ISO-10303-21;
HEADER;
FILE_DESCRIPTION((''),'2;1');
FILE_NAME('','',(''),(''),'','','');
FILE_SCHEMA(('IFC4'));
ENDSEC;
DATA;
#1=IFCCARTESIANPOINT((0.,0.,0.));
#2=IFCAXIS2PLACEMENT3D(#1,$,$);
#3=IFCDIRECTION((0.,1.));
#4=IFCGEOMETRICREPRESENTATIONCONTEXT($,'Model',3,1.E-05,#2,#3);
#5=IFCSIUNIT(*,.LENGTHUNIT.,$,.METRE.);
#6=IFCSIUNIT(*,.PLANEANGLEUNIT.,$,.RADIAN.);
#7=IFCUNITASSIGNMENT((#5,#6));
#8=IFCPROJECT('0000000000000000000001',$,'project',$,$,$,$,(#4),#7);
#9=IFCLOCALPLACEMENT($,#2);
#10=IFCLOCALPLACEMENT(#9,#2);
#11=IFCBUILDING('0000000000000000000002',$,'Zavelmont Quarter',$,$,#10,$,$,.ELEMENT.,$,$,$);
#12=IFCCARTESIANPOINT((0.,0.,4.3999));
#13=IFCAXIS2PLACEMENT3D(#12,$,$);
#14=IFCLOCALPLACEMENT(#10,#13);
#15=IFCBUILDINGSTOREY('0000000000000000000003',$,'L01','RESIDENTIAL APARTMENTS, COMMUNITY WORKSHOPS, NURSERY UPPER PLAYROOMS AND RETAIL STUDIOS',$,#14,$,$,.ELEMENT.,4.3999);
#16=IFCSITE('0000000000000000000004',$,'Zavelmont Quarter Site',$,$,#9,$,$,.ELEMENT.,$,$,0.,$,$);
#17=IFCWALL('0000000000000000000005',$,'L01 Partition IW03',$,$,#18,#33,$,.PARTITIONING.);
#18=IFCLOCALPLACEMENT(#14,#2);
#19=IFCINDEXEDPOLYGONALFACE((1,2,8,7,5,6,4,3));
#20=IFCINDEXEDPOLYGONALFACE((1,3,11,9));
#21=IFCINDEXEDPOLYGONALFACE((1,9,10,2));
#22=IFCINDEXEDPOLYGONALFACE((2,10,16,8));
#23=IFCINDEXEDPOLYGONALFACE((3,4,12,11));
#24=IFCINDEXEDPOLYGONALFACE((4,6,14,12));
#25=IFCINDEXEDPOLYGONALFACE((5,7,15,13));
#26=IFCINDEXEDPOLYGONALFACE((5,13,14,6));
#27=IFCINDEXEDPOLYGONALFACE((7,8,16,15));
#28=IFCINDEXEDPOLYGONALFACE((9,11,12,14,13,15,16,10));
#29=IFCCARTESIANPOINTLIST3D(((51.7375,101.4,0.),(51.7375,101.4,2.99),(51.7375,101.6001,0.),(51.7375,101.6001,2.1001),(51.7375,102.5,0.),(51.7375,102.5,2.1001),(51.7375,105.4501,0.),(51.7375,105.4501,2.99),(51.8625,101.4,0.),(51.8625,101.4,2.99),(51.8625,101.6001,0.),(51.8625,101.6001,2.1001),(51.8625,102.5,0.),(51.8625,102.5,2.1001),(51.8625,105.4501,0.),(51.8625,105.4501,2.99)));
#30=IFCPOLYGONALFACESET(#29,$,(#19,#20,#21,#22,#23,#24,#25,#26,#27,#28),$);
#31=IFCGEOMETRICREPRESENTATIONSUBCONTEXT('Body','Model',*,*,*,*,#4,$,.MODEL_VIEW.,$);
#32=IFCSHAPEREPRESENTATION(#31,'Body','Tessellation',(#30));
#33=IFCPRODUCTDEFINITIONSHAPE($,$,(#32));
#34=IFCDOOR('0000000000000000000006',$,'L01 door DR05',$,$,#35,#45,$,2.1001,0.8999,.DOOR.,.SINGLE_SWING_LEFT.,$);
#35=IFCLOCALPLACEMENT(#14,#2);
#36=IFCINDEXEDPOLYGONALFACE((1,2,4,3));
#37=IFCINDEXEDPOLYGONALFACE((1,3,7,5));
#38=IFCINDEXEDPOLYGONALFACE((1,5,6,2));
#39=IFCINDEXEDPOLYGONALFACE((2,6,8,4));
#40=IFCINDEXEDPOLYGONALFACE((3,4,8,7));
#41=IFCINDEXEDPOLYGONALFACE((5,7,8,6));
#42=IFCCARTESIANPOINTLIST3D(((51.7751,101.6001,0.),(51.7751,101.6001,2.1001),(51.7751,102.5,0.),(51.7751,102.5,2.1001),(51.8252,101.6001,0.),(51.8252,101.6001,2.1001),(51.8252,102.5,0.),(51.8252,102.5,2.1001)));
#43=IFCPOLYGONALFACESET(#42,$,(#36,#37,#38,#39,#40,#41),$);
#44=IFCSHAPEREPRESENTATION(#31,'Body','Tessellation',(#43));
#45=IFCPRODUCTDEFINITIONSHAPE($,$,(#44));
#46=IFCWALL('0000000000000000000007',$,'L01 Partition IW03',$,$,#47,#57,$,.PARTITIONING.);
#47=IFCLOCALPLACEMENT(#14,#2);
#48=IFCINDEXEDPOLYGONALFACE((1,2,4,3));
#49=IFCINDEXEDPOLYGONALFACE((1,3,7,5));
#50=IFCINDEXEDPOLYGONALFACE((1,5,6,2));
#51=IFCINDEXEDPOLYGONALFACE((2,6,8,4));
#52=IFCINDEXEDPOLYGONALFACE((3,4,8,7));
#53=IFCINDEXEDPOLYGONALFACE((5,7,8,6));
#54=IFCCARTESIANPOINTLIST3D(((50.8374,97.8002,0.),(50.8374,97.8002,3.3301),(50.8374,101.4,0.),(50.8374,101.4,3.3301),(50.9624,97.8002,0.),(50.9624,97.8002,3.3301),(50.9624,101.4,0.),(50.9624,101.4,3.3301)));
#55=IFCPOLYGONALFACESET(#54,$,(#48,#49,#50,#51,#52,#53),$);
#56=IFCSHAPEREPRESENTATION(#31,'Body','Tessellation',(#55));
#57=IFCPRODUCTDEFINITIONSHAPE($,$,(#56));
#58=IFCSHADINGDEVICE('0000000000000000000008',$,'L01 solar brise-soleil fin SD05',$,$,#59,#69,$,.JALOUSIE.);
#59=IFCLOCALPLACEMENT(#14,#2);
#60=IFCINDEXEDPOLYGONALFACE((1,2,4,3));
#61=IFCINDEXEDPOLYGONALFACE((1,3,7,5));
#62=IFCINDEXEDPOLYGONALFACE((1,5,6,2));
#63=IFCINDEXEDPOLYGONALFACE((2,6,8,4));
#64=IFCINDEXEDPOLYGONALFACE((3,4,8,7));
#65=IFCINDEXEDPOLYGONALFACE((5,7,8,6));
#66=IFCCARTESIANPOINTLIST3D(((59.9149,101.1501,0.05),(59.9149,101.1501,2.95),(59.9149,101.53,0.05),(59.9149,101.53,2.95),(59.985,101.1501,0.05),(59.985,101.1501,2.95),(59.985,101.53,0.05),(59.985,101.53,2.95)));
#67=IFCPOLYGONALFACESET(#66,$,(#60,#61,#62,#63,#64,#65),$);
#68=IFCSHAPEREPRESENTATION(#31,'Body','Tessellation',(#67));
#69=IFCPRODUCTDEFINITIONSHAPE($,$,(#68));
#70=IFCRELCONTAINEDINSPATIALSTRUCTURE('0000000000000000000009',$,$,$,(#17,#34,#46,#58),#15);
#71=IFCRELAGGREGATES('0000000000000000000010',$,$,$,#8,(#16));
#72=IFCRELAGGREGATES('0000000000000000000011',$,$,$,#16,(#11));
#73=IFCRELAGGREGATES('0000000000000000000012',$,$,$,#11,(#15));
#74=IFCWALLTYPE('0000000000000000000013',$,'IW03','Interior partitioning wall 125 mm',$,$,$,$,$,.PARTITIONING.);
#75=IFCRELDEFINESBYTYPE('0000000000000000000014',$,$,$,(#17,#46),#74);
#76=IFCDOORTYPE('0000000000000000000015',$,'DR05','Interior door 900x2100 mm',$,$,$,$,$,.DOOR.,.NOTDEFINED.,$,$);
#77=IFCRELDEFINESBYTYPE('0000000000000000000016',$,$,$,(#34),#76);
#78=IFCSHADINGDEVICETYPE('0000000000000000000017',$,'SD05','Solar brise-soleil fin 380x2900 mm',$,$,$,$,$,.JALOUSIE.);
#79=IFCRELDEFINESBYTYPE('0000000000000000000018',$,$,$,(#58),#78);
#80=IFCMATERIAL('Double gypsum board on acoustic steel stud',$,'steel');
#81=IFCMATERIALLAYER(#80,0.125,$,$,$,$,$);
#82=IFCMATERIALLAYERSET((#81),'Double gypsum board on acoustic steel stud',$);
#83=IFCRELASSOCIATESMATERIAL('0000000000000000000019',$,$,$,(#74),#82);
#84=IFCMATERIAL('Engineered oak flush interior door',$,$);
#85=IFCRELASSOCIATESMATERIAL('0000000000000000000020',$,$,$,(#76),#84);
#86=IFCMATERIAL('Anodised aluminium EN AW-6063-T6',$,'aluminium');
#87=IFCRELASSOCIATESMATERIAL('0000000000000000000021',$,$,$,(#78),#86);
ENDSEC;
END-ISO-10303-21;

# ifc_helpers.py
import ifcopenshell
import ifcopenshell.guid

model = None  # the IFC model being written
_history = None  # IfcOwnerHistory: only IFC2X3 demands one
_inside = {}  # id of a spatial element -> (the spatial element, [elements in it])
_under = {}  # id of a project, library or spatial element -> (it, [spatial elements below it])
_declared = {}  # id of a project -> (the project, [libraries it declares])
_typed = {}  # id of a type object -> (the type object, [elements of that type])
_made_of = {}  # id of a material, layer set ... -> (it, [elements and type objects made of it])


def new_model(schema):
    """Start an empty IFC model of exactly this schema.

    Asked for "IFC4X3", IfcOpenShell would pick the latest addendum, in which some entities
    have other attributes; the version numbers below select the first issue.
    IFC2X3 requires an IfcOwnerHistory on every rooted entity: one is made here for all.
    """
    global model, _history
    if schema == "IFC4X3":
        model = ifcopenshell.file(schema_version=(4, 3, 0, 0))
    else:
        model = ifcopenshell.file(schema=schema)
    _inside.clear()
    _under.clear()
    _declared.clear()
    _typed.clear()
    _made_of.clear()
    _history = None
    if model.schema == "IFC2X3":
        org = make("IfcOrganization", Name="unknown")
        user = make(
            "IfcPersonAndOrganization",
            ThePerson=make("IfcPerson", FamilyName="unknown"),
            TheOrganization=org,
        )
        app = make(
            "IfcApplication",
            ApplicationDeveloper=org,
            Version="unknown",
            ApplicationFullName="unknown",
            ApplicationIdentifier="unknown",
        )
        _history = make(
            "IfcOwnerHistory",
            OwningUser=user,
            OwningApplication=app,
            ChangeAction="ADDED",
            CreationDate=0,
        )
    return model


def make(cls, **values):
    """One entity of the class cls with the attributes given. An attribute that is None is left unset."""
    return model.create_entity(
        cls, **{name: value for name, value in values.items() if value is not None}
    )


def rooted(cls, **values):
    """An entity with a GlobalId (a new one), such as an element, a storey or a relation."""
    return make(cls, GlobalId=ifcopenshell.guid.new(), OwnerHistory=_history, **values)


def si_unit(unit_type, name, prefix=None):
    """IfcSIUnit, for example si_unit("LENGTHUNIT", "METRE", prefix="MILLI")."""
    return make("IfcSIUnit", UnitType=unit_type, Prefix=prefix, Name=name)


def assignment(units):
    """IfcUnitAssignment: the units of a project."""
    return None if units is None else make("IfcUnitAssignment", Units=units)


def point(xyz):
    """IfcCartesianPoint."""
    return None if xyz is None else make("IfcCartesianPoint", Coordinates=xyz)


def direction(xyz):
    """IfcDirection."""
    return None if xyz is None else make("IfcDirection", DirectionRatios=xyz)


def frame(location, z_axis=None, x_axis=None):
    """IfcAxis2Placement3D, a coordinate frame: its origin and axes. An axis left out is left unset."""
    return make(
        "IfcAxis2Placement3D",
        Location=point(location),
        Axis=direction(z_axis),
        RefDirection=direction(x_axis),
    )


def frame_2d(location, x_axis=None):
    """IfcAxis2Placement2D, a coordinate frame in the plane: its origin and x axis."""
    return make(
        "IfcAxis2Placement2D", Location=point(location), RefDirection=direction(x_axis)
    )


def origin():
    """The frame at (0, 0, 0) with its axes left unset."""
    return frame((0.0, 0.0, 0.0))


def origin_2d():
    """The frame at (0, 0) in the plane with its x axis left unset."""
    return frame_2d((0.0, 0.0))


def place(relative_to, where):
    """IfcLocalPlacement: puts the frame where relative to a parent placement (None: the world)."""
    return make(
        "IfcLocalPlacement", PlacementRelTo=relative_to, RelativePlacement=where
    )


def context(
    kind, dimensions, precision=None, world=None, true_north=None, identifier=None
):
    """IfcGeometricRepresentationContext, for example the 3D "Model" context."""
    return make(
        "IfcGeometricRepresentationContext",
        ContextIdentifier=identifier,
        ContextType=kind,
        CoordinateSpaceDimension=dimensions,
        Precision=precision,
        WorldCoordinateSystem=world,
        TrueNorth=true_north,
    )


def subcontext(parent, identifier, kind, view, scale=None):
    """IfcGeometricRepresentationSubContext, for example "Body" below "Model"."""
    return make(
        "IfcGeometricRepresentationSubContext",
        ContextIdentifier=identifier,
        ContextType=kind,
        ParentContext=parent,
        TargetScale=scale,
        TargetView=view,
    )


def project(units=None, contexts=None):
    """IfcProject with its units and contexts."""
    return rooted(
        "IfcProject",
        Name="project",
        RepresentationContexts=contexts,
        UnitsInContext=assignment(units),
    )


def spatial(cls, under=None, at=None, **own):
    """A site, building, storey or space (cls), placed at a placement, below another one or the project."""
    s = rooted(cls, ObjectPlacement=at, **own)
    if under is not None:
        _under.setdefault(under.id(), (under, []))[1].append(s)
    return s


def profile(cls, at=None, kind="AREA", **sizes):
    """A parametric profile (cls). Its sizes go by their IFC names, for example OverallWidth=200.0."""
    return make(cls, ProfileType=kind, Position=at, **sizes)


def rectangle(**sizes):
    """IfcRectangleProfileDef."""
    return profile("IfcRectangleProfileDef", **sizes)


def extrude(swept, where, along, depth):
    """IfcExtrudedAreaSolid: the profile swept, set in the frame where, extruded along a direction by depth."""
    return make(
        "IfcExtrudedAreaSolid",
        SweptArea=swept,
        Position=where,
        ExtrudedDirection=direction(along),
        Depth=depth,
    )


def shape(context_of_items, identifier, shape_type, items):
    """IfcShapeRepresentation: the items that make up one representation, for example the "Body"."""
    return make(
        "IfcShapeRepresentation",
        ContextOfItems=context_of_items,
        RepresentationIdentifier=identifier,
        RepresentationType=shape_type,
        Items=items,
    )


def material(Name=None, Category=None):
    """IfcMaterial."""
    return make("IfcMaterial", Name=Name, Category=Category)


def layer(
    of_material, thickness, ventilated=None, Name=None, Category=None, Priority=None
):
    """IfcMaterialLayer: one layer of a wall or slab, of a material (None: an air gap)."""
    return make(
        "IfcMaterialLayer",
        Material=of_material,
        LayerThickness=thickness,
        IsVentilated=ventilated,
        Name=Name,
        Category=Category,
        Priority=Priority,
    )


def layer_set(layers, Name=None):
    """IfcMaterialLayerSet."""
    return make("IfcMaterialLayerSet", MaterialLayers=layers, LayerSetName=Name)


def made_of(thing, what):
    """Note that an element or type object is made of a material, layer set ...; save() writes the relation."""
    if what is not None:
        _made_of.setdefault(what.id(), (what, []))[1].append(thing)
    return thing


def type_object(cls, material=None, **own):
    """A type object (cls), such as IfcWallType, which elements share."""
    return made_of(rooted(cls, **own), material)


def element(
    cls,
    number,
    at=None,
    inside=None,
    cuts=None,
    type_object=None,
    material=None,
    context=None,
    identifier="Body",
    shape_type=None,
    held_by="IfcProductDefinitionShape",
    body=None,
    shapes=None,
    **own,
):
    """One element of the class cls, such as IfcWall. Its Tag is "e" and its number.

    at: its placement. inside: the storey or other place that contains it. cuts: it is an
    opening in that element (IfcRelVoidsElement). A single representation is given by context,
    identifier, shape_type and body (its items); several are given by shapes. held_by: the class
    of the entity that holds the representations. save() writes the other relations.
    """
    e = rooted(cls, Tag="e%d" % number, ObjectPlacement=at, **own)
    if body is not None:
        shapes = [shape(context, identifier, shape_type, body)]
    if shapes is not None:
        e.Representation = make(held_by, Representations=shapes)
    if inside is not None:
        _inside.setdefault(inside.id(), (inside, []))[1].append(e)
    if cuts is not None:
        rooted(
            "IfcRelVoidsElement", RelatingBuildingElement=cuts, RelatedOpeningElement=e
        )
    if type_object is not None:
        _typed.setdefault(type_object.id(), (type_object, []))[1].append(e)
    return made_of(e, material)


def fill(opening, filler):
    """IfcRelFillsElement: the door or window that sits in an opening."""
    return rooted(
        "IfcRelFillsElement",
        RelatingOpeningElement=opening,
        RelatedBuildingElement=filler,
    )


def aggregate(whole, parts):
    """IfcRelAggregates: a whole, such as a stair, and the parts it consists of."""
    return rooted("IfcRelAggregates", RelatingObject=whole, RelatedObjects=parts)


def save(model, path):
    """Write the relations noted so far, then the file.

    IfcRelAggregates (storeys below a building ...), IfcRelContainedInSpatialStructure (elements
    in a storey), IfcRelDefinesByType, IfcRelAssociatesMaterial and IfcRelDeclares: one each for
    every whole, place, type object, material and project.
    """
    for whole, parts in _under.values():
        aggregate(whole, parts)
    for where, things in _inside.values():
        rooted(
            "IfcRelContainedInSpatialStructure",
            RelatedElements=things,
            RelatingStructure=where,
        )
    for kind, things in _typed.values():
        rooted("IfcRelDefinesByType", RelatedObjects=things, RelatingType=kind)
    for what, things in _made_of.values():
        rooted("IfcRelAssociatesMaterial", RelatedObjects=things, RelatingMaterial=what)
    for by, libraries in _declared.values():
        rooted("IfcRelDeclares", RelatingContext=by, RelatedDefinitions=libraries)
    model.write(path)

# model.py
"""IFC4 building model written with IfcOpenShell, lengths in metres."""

from ifc_helpers import new_model, si_unit, direction, frame, frame_2d, origin, origin_2d, place, context, subcontext, project, spatial, rectangle, extrude, material, layer, layer_set, type_object, element, fill, save


model = new_model("IFC4")

# Units and contexts
model_context = context("Model", 3, precision=1e-05, world=origin(), true_north=direction((0.0, 1.0)))
body_context = subcontext(model_context, "Body", "Model", "MODEL_VIEW")
ifc_project = project(units=[si_unit("LENGTHUNIT", "METRE"), si_unit("PLANEANGLEUNIT", "RADIAN")], contexts=[model_context])

# Site, building, storey
site_placement = place(None, origin())
site = spatial("IfcSite", under=ifc_project, at=site_placement, Name="Zavelmont Quarter Site", CompositionType="ELEMENT", RefElevation=0.0)
building_placement = place(site_placement, origin())
building = spatial("IfcBuilding", under=site, at=building_placement, Name="Zavelmont Quarter", CompositionType="ELEMENT")
storey_placement = place(building_placement, frame((0.0, 0.0, 4.3999)))
storey = spatial("IfcBuildingStorey", under=building, at=storey_placement, Name="L01", Description="RESIDENTIAL APARTMENTS, COMMUNITY WORKSHOPS, NURSERY UPPER PLAYROOMS AND RETAIL STUDIOS", CompositionType="ELEMENT", Elevation=4.3999)

# Wall, opening, door
ifc_material_1 = material(Name="Double gypsum board on acoustic steel stud", Category="steel")
ifc_layer_1 = layer(ifc_material_1, 0.125)
ifc_layer_set_1 = layer_set([ifc_layer_1], Name="Double gypsum board on acoustic steel stud")
wall_type_1 = type_object("IfcWallType", Name="IW03", Description="Interior partitioning wall 125 mm", PredefinedType="PARTITIONING", material=ifc_layer_set_1)
wall_1_placement = place(storey_placement, frame((51.8, 105.45, 0.0), z_axis=(0.0, 0.0, 1.0), x_axis=(0.0, -1.0, 0.0)))
wall_1 = element("IfcWall", 1, at=wall_1_placement, inside=storey, type_object=wall_type_1, Name="L01 Partition IW03", PredefinedType="PARTITIONING", context=body_context, shape_type="SweptSolid", body=[
    extrude(rectangle(XDim=4.05, YDim=0.125, at=frame_2d((2.0249, 0.0))), origin(), (0.0, 0.0, 1.0), 2.99),
])
opening_placement = place(wall_1_placement, frame((2.95, 0.0, 0.0)))
opening = element("IfcOpeningElement", 2, at=opening_placement, cuts=wall_1, PredefinedType="OPENING", context=body_context, shape_type="SweptSolid", body=[
    extrude(rectangle(XDim=0.8999, YDim=2.1001, at=frame_2d((0.45, 1.05))), frame((0.0, 0.0745, 0.0), z_axis=(0.0, -1.0, 0.0), x_axis=(1.0, 0.0, 0.0)), (0.0, 0.0, 1.0), 0.1489),
])
ifc_material_2 = material(Name="Engineered oak flush interior door")
door_type = type_object("IfcDoorType", Name="DR05", Description="Interior door 900x2100 mm", OperationType="NOTDEFINED", PredefinedType="DOOR", material=ifc_material_2)
door_placement = place(opening_placement, frame((0.8999, 0.0, 0.0), z_axis=(0.0, 0.0, 1.0), x_axis=(-1.0, 0.0, 0.0)))
door = element("IfcDoor", 3, at=door_placement, inside=storey, type_object=door_type, Name="L01 door DR05", OperationType="SINGLE_SWING_LEFT", OverallHeight=2.1001, OverallWidth=0.8999, PredefinedType="DOOR", context=body_context, shape_type="SweptSolid", body=[
    extrude(rectangle(XDim=0.8999, YDim=2.1001, at=frame_2d((0.45, 1.05))), frame((0.0, 0.0249, 0.0), z_axis=(0.0, -1.0, 0.0), x_axis=(1.0, 0.0, 0.0)), (0.0, 0.0, 1.0), 0.05),
])
fill(opening, door)

# Wall
wall_2_placement = place(storey_placement, frame((50.8999, 101.3999, 0.0), z_axis=(0.0, 0.0, 1.0), x_axis=(0.0, -1.0, 0.0)))
element("IfcWall", 4, at=wall_2_placement, inside=storey, type_object=wall_type_1, Name="L01 Partition IW03", PredefinedType="PARTITIONING", context=body_context, shape_type="SweptSolid", body=[
    extrude(rectangle(XDim=3.5999, YDim=0.125, at=frame_2d((1.7998, 0.0))), origin(), (0.0, 0.0, 1.0), 3.3301),
])

# Shading device
ifc_material_3 = material(Name="Anodised aluminium EN AW-6063-T6", Category="aluminium")
shading_device_type = type_object("IfcShadingDeviceType", Name="SD05", Description="Solar brise-soleil fin 380x2900 mm", PredefinedType="JALOUSIE", material=ifc_material_3)
shading_device_placement = place(storey_placement, frame((59.95, 101.3401, 0.05), z_axis=(0.0, 0.0, 1.0), x_axis=(1.0, 0.0, 0.0)))
element("IfcShadingDevice", 5, at=shading_device_placement, inside=storey, type_object=shading_device_type, Name="L01 solar brise-soleil fin SD05", PredefinedType="JALOUSIE", context=body_context, shape_type="SweptSolid", body=[
    extrude(rectangle(XDim=0.0701, YDim=0.3799, at=origin_2d()), origin(), (0.0, 0.0, 1.0), 2.8999),
])

save(model, "model.ifc")
